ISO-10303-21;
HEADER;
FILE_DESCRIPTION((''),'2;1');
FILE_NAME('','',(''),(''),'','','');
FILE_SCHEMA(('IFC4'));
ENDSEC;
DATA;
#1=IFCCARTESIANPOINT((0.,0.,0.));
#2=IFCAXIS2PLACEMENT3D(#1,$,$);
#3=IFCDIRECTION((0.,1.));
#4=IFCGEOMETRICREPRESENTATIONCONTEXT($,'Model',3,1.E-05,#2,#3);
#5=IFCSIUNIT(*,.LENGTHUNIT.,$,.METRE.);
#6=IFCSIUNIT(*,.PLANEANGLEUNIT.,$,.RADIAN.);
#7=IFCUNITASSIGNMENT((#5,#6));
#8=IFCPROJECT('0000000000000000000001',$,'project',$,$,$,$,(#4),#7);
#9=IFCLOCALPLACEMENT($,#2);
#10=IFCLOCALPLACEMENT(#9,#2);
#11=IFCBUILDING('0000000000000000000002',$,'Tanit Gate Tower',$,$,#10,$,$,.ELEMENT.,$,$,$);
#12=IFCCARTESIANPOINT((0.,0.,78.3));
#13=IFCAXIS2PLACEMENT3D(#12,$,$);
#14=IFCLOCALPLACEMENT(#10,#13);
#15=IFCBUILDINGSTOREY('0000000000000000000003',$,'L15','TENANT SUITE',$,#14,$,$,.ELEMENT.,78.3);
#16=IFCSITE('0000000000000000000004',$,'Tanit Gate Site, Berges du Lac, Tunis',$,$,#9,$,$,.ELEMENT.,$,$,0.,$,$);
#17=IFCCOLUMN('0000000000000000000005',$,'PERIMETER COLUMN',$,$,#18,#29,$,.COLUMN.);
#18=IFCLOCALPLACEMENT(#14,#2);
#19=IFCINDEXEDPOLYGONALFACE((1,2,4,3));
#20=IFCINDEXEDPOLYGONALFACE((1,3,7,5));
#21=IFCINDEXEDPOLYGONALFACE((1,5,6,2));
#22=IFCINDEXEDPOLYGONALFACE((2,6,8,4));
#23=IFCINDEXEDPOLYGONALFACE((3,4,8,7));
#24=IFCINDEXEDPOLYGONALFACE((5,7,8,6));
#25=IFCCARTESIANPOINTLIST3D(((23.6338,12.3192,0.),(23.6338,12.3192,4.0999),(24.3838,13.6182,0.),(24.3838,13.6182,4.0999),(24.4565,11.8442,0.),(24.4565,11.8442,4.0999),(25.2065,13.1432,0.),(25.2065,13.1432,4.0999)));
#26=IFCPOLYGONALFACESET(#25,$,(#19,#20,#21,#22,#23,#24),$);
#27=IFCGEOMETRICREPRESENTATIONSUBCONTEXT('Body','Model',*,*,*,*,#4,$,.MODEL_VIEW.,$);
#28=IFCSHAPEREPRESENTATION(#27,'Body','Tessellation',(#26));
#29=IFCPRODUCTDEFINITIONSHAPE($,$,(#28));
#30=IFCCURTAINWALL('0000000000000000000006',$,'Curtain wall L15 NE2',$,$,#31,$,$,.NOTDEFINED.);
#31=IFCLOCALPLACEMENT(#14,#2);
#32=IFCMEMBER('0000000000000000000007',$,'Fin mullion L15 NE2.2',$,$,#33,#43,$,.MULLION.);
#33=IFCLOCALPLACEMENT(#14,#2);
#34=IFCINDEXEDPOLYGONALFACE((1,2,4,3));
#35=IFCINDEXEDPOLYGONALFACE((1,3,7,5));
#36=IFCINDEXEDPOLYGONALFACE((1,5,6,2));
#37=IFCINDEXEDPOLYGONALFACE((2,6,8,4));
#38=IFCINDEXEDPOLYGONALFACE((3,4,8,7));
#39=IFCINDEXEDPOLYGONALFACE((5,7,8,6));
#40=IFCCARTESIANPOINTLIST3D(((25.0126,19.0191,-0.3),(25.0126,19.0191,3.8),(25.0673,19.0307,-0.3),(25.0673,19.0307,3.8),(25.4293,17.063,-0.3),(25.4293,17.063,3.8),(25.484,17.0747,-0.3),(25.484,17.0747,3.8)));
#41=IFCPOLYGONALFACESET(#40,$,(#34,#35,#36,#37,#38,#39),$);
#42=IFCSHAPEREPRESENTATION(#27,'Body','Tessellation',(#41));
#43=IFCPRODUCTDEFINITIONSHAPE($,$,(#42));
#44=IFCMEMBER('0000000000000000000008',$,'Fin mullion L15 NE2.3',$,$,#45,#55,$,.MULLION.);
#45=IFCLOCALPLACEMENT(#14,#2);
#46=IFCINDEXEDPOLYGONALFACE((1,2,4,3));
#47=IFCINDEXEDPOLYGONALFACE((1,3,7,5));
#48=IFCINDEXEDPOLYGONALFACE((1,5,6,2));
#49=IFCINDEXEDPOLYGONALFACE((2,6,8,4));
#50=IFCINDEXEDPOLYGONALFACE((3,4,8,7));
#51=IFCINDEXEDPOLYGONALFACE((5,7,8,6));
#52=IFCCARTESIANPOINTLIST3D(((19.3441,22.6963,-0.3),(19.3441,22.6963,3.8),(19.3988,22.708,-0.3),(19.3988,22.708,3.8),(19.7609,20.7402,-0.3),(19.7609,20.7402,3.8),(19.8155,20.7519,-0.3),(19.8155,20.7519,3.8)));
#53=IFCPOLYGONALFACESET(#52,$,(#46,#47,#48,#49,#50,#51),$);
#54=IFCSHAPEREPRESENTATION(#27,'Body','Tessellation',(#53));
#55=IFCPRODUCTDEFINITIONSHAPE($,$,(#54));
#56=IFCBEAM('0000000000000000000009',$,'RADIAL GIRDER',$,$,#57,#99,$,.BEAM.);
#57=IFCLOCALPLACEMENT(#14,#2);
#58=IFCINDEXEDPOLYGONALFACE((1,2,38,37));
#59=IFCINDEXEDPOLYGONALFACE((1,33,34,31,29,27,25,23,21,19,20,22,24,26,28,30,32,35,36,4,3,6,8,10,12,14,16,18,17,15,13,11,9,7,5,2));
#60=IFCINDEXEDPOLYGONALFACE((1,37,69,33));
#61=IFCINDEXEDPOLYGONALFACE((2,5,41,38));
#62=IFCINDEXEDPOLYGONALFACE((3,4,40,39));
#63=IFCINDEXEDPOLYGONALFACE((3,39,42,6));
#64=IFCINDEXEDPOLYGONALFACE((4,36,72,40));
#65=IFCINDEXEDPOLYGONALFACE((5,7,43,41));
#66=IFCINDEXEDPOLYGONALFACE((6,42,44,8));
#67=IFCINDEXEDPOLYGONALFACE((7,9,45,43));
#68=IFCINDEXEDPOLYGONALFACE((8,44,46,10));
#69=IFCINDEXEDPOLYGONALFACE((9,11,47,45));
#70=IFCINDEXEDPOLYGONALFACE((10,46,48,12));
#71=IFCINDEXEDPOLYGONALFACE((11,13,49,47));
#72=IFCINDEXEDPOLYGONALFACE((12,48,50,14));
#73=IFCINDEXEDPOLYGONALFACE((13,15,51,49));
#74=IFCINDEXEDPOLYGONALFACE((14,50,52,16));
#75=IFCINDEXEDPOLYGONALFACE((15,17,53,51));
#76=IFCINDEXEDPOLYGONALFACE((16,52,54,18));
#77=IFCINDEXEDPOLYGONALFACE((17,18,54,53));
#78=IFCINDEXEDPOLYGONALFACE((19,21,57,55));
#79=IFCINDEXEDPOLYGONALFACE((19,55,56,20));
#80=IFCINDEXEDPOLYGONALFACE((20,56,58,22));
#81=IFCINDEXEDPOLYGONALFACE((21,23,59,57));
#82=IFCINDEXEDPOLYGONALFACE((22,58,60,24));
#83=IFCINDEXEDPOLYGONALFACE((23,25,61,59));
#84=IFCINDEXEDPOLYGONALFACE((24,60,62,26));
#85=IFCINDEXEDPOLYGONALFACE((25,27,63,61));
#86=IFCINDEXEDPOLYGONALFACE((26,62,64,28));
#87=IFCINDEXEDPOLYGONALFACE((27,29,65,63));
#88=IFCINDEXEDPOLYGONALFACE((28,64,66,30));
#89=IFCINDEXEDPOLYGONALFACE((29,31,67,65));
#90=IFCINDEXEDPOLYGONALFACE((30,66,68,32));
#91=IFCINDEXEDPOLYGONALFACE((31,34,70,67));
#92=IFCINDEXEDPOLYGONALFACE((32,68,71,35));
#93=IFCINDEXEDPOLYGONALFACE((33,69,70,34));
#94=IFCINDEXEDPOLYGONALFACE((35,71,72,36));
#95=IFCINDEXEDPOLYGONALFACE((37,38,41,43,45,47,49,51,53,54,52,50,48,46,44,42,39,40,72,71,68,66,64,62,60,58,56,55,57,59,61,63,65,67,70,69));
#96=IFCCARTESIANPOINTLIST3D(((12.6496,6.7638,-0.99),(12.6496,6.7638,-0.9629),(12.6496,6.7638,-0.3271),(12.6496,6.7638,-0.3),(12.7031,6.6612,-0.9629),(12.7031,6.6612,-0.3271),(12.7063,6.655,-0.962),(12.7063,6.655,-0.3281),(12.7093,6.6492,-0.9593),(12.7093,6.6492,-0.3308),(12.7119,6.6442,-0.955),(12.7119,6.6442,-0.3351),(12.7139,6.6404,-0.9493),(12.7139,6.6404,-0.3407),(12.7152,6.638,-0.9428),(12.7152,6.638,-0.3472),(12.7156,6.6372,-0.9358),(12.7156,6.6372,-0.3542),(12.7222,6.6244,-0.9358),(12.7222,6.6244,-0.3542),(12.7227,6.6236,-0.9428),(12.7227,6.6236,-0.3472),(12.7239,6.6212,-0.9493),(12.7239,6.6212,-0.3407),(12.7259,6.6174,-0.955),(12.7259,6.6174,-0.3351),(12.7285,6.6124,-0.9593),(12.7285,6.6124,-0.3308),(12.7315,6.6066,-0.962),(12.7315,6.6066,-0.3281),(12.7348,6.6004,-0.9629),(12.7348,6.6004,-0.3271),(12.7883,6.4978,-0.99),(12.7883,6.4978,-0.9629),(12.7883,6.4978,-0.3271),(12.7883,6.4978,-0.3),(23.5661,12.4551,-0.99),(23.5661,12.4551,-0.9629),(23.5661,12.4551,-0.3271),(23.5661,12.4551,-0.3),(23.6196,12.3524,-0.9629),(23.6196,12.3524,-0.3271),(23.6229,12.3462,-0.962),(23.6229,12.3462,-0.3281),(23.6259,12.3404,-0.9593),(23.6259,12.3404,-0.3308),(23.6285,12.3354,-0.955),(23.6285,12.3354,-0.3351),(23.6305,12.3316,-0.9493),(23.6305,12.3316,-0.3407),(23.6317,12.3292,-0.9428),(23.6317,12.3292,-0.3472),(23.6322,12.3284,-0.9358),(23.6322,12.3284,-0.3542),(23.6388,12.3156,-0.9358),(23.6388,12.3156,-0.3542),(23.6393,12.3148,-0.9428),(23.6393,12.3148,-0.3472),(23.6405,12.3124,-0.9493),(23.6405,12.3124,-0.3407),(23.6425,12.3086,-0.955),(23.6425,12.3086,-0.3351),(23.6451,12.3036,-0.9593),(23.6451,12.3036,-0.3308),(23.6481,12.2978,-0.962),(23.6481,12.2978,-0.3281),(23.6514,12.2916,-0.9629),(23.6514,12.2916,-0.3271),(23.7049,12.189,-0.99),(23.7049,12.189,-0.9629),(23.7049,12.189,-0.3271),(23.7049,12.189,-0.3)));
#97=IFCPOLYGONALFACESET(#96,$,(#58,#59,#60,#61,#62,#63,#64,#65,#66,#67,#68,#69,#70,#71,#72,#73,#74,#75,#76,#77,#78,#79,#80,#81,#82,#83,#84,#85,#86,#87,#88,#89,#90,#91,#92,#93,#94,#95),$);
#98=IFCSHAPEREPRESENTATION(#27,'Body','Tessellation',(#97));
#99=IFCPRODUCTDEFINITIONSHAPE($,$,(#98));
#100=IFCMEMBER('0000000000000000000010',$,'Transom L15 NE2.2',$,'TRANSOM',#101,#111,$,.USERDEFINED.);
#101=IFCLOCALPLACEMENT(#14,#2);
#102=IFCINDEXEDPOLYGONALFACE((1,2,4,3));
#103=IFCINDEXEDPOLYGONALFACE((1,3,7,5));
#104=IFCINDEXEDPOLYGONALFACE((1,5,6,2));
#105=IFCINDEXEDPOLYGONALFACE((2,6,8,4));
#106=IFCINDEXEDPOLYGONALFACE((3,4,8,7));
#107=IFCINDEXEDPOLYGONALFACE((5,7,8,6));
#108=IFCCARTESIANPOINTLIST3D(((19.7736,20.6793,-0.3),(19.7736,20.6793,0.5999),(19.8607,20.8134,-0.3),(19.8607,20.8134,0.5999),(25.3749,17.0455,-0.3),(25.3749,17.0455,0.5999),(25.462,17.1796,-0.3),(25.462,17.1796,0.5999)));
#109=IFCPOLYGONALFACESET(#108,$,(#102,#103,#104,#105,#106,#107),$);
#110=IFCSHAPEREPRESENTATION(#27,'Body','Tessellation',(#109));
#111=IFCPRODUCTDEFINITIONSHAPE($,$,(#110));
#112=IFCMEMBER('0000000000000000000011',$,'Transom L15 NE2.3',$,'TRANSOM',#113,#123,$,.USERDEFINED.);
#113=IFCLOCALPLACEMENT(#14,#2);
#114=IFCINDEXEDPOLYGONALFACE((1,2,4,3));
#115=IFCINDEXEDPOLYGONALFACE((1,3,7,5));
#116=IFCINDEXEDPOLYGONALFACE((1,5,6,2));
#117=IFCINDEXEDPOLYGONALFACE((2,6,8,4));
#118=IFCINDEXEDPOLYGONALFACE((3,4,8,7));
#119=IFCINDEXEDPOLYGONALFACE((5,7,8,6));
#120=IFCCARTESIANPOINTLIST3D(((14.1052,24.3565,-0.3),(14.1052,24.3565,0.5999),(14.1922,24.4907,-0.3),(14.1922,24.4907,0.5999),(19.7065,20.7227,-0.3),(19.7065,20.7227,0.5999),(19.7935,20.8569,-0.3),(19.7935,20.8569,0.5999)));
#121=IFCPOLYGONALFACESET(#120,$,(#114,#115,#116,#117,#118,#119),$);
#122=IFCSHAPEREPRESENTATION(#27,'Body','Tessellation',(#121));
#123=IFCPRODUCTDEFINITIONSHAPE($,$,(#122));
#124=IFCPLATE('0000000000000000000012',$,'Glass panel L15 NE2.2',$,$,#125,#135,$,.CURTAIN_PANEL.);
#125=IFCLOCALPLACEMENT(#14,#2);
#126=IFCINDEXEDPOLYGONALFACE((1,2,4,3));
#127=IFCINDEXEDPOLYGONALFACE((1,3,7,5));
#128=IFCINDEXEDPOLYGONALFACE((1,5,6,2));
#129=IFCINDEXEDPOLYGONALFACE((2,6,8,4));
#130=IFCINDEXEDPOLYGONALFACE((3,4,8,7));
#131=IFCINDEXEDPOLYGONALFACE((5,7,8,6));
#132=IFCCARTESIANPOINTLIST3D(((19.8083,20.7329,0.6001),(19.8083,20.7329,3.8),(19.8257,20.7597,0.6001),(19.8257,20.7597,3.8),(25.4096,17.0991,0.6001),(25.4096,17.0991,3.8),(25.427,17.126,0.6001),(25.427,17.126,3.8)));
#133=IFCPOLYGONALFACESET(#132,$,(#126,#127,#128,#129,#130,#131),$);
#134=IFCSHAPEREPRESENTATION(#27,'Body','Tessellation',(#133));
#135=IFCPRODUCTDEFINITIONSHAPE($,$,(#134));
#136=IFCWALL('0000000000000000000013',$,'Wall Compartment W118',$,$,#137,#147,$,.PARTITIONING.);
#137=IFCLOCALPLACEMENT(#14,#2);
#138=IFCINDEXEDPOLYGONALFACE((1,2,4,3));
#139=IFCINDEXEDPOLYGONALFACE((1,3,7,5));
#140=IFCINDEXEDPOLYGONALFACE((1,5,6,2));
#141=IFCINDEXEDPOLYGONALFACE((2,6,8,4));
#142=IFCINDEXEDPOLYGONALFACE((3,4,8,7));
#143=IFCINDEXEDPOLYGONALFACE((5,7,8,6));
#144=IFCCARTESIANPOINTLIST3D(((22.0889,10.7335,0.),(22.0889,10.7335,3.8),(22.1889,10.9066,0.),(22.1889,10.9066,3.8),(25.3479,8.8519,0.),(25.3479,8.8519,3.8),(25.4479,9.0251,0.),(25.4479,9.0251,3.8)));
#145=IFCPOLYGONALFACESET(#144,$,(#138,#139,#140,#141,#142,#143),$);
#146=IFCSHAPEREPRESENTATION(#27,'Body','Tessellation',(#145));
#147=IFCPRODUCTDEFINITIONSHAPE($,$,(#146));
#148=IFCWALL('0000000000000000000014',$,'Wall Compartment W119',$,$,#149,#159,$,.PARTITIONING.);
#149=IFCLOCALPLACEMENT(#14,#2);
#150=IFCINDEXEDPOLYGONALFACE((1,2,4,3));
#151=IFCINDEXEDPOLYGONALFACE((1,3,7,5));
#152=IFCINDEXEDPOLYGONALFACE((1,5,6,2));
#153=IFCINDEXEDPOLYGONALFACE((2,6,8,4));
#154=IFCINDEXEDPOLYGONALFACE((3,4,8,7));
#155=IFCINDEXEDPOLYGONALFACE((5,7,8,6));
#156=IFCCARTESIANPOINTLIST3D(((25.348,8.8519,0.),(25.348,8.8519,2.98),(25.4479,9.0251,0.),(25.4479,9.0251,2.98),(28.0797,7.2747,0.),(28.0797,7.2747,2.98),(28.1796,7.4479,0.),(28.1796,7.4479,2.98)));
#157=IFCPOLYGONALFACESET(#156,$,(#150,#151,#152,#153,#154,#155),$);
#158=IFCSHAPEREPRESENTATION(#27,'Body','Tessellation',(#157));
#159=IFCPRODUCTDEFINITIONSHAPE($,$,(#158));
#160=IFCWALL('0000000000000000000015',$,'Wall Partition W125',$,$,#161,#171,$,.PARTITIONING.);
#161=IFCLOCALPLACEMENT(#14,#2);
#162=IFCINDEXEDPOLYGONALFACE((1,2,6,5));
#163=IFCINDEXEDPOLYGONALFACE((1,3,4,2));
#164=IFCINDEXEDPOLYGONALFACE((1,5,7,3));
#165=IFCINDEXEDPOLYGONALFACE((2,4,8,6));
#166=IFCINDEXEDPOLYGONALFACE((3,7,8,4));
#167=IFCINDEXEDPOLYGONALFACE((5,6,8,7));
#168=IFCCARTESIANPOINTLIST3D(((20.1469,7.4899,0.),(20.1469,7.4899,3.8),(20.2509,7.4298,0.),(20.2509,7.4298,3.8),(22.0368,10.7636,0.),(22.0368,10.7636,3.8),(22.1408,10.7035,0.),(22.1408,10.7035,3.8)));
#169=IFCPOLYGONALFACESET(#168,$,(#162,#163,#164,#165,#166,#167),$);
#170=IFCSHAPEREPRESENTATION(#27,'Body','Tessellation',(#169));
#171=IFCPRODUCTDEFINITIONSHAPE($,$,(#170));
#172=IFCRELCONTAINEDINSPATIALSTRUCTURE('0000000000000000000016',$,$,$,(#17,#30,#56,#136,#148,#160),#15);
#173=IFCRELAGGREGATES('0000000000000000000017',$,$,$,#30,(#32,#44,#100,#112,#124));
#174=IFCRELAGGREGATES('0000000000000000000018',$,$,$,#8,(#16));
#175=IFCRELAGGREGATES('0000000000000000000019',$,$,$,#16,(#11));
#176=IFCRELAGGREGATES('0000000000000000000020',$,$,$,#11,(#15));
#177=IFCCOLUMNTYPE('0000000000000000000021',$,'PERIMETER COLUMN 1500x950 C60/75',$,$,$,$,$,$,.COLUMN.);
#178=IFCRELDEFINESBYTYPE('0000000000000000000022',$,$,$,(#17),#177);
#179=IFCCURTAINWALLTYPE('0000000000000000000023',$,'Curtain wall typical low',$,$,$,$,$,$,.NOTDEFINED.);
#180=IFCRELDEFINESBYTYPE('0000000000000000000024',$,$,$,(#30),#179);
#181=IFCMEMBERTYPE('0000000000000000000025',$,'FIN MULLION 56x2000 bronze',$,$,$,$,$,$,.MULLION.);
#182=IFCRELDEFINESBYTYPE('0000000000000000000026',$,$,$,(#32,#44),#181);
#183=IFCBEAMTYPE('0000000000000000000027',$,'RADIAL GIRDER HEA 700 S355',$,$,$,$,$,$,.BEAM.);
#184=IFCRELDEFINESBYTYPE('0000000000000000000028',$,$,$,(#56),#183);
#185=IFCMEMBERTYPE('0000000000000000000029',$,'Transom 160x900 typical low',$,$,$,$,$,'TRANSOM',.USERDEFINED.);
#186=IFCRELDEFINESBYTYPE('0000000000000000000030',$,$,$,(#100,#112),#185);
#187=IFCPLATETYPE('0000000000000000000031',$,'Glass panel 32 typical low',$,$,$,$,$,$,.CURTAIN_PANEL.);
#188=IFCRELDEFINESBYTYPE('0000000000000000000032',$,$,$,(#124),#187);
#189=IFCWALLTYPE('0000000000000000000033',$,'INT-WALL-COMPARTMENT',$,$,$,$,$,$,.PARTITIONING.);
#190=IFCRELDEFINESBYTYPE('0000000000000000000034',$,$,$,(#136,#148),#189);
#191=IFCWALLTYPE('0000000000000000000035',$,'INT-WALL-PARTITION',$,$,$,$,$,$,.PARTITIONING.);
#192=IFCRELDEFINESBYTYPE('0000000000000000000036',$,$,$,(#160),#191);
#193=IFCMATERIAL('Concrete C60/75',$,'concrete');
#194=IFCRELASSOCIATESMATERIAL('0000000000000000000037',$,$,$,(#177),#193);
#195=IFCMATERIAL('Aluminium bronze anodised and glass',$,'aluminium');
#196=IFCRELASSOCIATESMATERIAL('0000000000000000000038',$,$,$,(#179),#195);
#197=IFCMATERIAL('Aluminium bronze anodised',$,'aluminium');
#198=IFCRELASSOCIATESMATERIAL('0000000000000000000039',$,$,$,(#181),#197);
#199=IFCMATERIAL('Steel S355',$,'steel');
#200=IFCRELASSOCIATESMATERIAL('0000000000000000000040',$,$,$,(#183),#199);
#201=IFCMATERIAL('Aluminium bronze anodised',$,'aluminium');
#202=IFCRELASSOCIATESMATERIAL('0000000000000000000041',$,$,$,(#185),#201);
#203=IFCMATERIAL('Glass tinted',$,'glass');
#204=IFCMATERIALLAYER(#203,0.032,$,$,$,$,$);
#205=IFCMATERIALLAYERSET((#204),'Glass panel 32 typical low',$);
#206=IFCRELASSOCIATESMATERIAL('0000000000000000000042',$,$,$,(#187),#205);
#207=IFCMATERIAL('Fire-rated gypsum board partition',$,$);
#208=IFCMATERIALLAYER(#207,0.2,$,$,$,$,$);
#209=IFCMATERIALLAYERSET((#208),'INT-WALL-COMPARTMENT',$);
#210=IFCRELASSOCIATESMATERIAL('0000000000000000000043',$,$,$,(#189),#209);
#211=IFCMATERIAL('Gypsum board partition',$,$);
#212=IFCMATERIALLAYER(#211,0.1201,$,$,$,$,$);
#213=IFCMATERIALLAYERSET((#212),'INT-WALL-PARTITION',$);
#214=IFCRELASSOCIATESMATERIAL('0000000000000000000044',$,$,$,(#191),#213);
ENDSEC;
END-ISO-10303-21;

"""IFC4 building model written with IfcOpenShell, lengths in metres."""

from ifc_helpers import new_model, si_unit, direction, frame, frame_2d, origin, origin_2d, place, context, subcontext, project, spatial, rectangle, i_section, extrude, material, layer, layer_set, material_profile, profile_set, type_object, element, aggregate, save


model = new_model("IFC4")

# Units and contexts
model_context = context("Model", 3, precision=1e-05, world=origin(), true_north=direction((0.0, 1.0)))
body_context = subcontext(model_context, "Body", "Model", "MODEL_VIEW")
ifc_project = project(units=[si_unit("LENGTHUNIT", "METRE"), si_unit("PLANEANGLEUNIT", "RADIAN")], contexts=[model_context])

# Site, building, storey
site_placement = place(None, origin())
site = spatial("IfcSite", under=ifc_project, at=site_placement, Name="Tanit Gate Site, Berges du Lac, Tunis", CompositionType="ELEMENT", RefElevation=0.0)
building_placement = place(site_placement, origin())
building = spatial("IfcBuilding", under=site, at=building_placement, Name="Tanit Gate Tower", CompositionType="ELEMENT")
storey_placement = place(building_placement, frame((0.0, 0.0, 78.3)))
storey = spatial("IfcBuildingStorey", under=building, at=storey_placement, Name="L15", Description="TENANT SUITE", CompositionType="ELEMENT", Elevation=78.3)

# Column
ifc_material_1 = material(Name="Concrete C60/75", Category="concrete")
ifc_material_profile_1 = material_profile(ifc_material_1, rectangle(XDim=1.5, YDim=0.95, at=origin_2d()), Name="RC 1500x950")
ifc_profile_set_1 = profile_set([ifc_material_profile_1], Name="Concrete C60/75")
column_type = type_object("IfcColumnType", Name="PERIMETER COLUMN 1500x950 C60/75", PredefinedType="COLUMN", material=ifc_profile_set_1)
column_placement = place(storey_placement, frame((24.4202, 12.7312, 0.0), z_axis=(0.0, 0.0, 1.0), x_axis=(0.5, 0.866025, 0.0)))
element("IfcColumn", 1, at=column_placement, inside=storey, type_object=column_type, Name="PERIMETER COLUMN", PredefinedType="COLUMN", context=body_context, shape_type="SweptSolid", body=[
    extrude(rectangle(XDim=1.5, YDim=0.95, at=origin_2d()), origin(), (0.0, 0.0, 1.0), 4.0999),
])

# Curtain wall, members
ifc_material_2 = material(Name="Aluminium bronze anodised and glass", Category="aluminium")
curtain_wall_type = type_object("IfcCurtainWallType", Name="Curtain wall typical low", PredefinedType="NOTDEFINED", material=ifc_material_2)
curtain_wall_placement = place(storey_placement, origin())
curtain_wall = element("IfcCurtainWall", 2, at=curtain_wall_placement, inside=storey, type_object=curtain_wall_type, Name="Curtain wall L15 NE2", PredefinedType="NOTDEFINED")
ifc_material_3 = material(Name="Aluminium bronze anodised", Category="aluminium")
ifc_material_profile_2 = material_profile(ifc_material_3, rectangle(XDim=2.0, YDim=0.0559, at=origin_2d()), Name="56x2000 bronze fin mullion")
ifc_profile_set_2 = profile_set([ifc_material_profile_2], Name="Aluminium bronze anodised")
member_type_1 = type_object("IfcMemberType", Name="FIN MULLION 56x2000 bronze", PredefinedType="MULLION", material=ifc_profile_set_2)
member_1_placement = place(storey_placement, frame((25.2483, 18.0469, -0.3), z_axis=(0.0, 0.0, 1.0), x_axis=(0.208373, -0.978049, 0.0)))
member_1 = element("IfcMember", 3, at=member_1_placement, type_object=member_type_1, Name="Fin mullion L15 NE2.2", PredefinedType="MULLION", context=body_context, shape_type="SweptSolid", body=[
    extrude(rectangle(XDim=2.0, YDim=0.0559, at=origin_2d()), origin(), (0.0, 0.0, 1.0), 4.1001),
])
member_2_placement = place(storey_placement, frame((19.5798, 21.7241, -0.3), z_axis=(0.0, 0.0, 1.0), x_axis=(0.208373, -0.978049, 0.0)))
member_2 = element("IfcMember", 4, at=member_2_placement, type_object=member_type_1, Name="Fin mullion L15 NE2.3", PredefinedType="MULLION", context=body_context, shape_type="SweptSolid", body=[
    extrude(rectangle(XDim=2.0, YDim=0.0559, at=origin_2d()), origin(), (0.0, 0.0, 1.0), 4.1001),
])

# Beam
ifc_material_4 = material(Name="Steel S355", Category="steel")
ifc_material_profile_3 = material_profile(ifc_material_4, i_section(OverallWidth=0.3, OverallDepth=0.6899, WebThickness=0.0144, FlangeThickness=0.0271, FilletRadius=0.0271, at=origin_2d()), Name="HEA 700")
ifc_profile_set_3 = profile_set([ifc_material_profile_3], Name="Steel S355")
beam_type = type_object("IfcBeamType", Name="RADIAL GIRDER HEA 700 S355", PredefinedType="BEAM", material=ifc_profile_set_3)
beam_placement = place(storey_placement, frame((23.6355, 12.322, -0.645), z_axis=(-0.886732, -0.462285, 0.0), x_axis=(0.462285, -0.886732, 0.0)))
element("IfcBeam", 5, at=beam_placement, inside=storey, type_object=beam_type, Name="RADIAL GIRDER", PredefinedType="BEAM", context=body_context, shape_type="SweptSolid", body=[
    extrude(i_section(OverallWidth=0.3, OverallDepth=0.6899, WebThickness=0.0144, FlangeThickness=0.0271, FilletRadius=0.0271, at=origin_2d()), origin(), (0.0, 0.0, 1.0), 12.311),
])

# Members
ifc_material_5 = material(Name="Aluminium bronze anodised", Category="aluminium")
ifc_material_profile_4 = material_profile(ifc_material_5, rectangle(XDim=0.1599, YDim=0.8999, at=origin_2d()), Name="160x900 bronze transom")
ifc_profile_set_4 = profile_set([ifc_material_profile_4], Name="Aluminium bronze anodised")
member_type_2 = type_object("IfcMemberType", Name="Transom 160x900 typical low", ElementType="TRANSOM", PredefinedType="USERDEFINED", material=ifc_profile_set_4)
member_3_placement = place(storey_placement, frame((25.4185, 17.1125, 0.1499), z_axis=(-0.838927, 0.544244, 0.0), x_axis=(-0.544244, -0.838927, 0.0)))
member_3 = element("IfcMember", 6, at=member_3_placement, type_object=member_type_2, Name="Transom L15 NE2.2", ObjectType="TRANSOM", PredefinedType="USERDEFINED", context=body_context, shape_type="SweptSolid", body=[
    extrude(rectangle(XDim=0.1599, YDim=0.8999, at=origin_2d()), origin(), (0.0, 0.0, 1.0), 6.6768),
])
member_4_placement = place(storey_placement, frame((19.75, 20.7898, 0.1499), z_axis=(-0.838927, 0.544244, 0.0), x_axis=(-0.544244, -0.838927, 0.0)))
member_4 = element("IfcMember", 7, at=member_4_placement, type_object=member_type_2, Name="Transom L15 NE2.3", ObjectType="TRANSOM", PredefinedType="USERDEFINED", context=body_context, shape_type="SweptSolid", body=[
    extrude(rectangle(XDim=0.1599, YDim=0.8999, at=origin_2d()), origin(), (0.0, 0.0, 1.0), 6.6768),
])

# Plate
ifc_material_6 = material(Name="Glass tinted", Category="glass")
ifc_layer_1 = layer(ifc_material_6, 0.032)
ifc_layer_set_1 = layer_set([ifc_layer_1], Name="Glass panel 32 typical low")
plate_type = type_object("IfcPlateType", Name="Glass panel 32 typical low", PredefinedType="CURTAIN_PANEL", material=ifc_layer_set_1)
plate_placement = place(storey_placement, frame((22.6177, 18.9294, 0.6001), z_axis=(0.0, 0.0, 1.0), x_axis=(-0.838927, 0.544243, 0.0)))
plate = element("IfcPlate", 8, at=plate_placement, type_object=plate_type, Name="Glass panel L15 NE2.2", PredefinedType="CURTAIN_PANEL", context=body_context, shape_type="SweptSolid", body=[
    extrude(rectangle(XDim=6.6768, YDim=0.032, at=origin_2d()), origin(), (0.0, 0.0, 1.0), 3.2),
])
aggregate(curtain_wall, [member_1, member_2, member_3, member_4, plate])

# Walls
ifc_material_7 = material(Name="Fire-rated gypsum board partition")
ifc_layer_2 = layer(ifc_material_7, 0.2)
ifc_layer_set_2 = layer_set([ifc_layer_2], Name="INT-WALL-COMPARTMENT")
wall_type_1 = type_object("IfcWallType", Name="INT-WALL-COMPARTMENT", PredefinedType="PARTITIONING", material=ifc_layer_set_2)
wall_1_placement = place(storey_placement, frame((22.1389, 10.8201, 0.0), z_axis=(0.0, 0.0, 1.0), x_axis=(0.866027, -0.499998, 0.0)))
element("IfcWall", 9, at=wall_1_placement, inside=storey, type_object=wall_type_1, Name="Wall Compartment W118", PredefinedType="PARTITIONING", context=body_context, shape_type="SweptSolid", body=[
    extrude(rectangle(XDim=3.7632, YDim=0.2, at=frame_2d((1.8816, 0.0))), origin(), (0.0, 0.0, 1.0), 3.8),
])
wall_2_placement = place(storey_placement, frame((25.3979, 8.9385, 0.0), z_axis=(0.0, 0.0, 1.0), x_axis=(0.866024, -0.500002, 0.0)))
element("IfcWall", 10, at=wall_2_placement, inside=storey, type_object=wall_type_1, Name="Wall Compartment W119", PredefinedType="PARTITIONING", context=body_context, shape_type="SweptSolid", body=[
    extrude(rectangle(XDim=3.1543, YDim=0.2, at=frame_2d((1.5771, 0.0))), origin(), (0.0, 0.0, 1.0), 2.98),
])
ifc_material_8 = material(Name="Gypsum board partition")
ifc_layer_3 = layer(ifc_material_8, 0.1201)
ifc_layer_set_3 = layer_set([ifc_layer_3], Name="INT-WALL-PARTITION")
wall_type_2 = type_object("IfcWallType", Name="INT-WALL-PARTITION", PredefinedType="PARTITIONING", material=ifc_layer_set_3)
wall_3_placement = place(storey_placement, frame((22.0889, 10.7336, 0.0), z_axis=(0.0, 0.0, 1.0), x_axis=(-0.499967, -0.866045, 0.0)))
element("IfcWall", 11, at=wall_3_placement, inside=storey, type_object=wall_type_2, Name="Wall Partition W125", PredefinedType="PARTITIONING", context=body_context, shape_type="SweptSolid", body=[
    extrude(rectangle(XDim=3.78, YDim=0.1201, at=frame_2d((1.8901, 0.0))), origin(), (0.0, 0.0, 1.0), 3.8),
])

save(model, "model.ifc")
